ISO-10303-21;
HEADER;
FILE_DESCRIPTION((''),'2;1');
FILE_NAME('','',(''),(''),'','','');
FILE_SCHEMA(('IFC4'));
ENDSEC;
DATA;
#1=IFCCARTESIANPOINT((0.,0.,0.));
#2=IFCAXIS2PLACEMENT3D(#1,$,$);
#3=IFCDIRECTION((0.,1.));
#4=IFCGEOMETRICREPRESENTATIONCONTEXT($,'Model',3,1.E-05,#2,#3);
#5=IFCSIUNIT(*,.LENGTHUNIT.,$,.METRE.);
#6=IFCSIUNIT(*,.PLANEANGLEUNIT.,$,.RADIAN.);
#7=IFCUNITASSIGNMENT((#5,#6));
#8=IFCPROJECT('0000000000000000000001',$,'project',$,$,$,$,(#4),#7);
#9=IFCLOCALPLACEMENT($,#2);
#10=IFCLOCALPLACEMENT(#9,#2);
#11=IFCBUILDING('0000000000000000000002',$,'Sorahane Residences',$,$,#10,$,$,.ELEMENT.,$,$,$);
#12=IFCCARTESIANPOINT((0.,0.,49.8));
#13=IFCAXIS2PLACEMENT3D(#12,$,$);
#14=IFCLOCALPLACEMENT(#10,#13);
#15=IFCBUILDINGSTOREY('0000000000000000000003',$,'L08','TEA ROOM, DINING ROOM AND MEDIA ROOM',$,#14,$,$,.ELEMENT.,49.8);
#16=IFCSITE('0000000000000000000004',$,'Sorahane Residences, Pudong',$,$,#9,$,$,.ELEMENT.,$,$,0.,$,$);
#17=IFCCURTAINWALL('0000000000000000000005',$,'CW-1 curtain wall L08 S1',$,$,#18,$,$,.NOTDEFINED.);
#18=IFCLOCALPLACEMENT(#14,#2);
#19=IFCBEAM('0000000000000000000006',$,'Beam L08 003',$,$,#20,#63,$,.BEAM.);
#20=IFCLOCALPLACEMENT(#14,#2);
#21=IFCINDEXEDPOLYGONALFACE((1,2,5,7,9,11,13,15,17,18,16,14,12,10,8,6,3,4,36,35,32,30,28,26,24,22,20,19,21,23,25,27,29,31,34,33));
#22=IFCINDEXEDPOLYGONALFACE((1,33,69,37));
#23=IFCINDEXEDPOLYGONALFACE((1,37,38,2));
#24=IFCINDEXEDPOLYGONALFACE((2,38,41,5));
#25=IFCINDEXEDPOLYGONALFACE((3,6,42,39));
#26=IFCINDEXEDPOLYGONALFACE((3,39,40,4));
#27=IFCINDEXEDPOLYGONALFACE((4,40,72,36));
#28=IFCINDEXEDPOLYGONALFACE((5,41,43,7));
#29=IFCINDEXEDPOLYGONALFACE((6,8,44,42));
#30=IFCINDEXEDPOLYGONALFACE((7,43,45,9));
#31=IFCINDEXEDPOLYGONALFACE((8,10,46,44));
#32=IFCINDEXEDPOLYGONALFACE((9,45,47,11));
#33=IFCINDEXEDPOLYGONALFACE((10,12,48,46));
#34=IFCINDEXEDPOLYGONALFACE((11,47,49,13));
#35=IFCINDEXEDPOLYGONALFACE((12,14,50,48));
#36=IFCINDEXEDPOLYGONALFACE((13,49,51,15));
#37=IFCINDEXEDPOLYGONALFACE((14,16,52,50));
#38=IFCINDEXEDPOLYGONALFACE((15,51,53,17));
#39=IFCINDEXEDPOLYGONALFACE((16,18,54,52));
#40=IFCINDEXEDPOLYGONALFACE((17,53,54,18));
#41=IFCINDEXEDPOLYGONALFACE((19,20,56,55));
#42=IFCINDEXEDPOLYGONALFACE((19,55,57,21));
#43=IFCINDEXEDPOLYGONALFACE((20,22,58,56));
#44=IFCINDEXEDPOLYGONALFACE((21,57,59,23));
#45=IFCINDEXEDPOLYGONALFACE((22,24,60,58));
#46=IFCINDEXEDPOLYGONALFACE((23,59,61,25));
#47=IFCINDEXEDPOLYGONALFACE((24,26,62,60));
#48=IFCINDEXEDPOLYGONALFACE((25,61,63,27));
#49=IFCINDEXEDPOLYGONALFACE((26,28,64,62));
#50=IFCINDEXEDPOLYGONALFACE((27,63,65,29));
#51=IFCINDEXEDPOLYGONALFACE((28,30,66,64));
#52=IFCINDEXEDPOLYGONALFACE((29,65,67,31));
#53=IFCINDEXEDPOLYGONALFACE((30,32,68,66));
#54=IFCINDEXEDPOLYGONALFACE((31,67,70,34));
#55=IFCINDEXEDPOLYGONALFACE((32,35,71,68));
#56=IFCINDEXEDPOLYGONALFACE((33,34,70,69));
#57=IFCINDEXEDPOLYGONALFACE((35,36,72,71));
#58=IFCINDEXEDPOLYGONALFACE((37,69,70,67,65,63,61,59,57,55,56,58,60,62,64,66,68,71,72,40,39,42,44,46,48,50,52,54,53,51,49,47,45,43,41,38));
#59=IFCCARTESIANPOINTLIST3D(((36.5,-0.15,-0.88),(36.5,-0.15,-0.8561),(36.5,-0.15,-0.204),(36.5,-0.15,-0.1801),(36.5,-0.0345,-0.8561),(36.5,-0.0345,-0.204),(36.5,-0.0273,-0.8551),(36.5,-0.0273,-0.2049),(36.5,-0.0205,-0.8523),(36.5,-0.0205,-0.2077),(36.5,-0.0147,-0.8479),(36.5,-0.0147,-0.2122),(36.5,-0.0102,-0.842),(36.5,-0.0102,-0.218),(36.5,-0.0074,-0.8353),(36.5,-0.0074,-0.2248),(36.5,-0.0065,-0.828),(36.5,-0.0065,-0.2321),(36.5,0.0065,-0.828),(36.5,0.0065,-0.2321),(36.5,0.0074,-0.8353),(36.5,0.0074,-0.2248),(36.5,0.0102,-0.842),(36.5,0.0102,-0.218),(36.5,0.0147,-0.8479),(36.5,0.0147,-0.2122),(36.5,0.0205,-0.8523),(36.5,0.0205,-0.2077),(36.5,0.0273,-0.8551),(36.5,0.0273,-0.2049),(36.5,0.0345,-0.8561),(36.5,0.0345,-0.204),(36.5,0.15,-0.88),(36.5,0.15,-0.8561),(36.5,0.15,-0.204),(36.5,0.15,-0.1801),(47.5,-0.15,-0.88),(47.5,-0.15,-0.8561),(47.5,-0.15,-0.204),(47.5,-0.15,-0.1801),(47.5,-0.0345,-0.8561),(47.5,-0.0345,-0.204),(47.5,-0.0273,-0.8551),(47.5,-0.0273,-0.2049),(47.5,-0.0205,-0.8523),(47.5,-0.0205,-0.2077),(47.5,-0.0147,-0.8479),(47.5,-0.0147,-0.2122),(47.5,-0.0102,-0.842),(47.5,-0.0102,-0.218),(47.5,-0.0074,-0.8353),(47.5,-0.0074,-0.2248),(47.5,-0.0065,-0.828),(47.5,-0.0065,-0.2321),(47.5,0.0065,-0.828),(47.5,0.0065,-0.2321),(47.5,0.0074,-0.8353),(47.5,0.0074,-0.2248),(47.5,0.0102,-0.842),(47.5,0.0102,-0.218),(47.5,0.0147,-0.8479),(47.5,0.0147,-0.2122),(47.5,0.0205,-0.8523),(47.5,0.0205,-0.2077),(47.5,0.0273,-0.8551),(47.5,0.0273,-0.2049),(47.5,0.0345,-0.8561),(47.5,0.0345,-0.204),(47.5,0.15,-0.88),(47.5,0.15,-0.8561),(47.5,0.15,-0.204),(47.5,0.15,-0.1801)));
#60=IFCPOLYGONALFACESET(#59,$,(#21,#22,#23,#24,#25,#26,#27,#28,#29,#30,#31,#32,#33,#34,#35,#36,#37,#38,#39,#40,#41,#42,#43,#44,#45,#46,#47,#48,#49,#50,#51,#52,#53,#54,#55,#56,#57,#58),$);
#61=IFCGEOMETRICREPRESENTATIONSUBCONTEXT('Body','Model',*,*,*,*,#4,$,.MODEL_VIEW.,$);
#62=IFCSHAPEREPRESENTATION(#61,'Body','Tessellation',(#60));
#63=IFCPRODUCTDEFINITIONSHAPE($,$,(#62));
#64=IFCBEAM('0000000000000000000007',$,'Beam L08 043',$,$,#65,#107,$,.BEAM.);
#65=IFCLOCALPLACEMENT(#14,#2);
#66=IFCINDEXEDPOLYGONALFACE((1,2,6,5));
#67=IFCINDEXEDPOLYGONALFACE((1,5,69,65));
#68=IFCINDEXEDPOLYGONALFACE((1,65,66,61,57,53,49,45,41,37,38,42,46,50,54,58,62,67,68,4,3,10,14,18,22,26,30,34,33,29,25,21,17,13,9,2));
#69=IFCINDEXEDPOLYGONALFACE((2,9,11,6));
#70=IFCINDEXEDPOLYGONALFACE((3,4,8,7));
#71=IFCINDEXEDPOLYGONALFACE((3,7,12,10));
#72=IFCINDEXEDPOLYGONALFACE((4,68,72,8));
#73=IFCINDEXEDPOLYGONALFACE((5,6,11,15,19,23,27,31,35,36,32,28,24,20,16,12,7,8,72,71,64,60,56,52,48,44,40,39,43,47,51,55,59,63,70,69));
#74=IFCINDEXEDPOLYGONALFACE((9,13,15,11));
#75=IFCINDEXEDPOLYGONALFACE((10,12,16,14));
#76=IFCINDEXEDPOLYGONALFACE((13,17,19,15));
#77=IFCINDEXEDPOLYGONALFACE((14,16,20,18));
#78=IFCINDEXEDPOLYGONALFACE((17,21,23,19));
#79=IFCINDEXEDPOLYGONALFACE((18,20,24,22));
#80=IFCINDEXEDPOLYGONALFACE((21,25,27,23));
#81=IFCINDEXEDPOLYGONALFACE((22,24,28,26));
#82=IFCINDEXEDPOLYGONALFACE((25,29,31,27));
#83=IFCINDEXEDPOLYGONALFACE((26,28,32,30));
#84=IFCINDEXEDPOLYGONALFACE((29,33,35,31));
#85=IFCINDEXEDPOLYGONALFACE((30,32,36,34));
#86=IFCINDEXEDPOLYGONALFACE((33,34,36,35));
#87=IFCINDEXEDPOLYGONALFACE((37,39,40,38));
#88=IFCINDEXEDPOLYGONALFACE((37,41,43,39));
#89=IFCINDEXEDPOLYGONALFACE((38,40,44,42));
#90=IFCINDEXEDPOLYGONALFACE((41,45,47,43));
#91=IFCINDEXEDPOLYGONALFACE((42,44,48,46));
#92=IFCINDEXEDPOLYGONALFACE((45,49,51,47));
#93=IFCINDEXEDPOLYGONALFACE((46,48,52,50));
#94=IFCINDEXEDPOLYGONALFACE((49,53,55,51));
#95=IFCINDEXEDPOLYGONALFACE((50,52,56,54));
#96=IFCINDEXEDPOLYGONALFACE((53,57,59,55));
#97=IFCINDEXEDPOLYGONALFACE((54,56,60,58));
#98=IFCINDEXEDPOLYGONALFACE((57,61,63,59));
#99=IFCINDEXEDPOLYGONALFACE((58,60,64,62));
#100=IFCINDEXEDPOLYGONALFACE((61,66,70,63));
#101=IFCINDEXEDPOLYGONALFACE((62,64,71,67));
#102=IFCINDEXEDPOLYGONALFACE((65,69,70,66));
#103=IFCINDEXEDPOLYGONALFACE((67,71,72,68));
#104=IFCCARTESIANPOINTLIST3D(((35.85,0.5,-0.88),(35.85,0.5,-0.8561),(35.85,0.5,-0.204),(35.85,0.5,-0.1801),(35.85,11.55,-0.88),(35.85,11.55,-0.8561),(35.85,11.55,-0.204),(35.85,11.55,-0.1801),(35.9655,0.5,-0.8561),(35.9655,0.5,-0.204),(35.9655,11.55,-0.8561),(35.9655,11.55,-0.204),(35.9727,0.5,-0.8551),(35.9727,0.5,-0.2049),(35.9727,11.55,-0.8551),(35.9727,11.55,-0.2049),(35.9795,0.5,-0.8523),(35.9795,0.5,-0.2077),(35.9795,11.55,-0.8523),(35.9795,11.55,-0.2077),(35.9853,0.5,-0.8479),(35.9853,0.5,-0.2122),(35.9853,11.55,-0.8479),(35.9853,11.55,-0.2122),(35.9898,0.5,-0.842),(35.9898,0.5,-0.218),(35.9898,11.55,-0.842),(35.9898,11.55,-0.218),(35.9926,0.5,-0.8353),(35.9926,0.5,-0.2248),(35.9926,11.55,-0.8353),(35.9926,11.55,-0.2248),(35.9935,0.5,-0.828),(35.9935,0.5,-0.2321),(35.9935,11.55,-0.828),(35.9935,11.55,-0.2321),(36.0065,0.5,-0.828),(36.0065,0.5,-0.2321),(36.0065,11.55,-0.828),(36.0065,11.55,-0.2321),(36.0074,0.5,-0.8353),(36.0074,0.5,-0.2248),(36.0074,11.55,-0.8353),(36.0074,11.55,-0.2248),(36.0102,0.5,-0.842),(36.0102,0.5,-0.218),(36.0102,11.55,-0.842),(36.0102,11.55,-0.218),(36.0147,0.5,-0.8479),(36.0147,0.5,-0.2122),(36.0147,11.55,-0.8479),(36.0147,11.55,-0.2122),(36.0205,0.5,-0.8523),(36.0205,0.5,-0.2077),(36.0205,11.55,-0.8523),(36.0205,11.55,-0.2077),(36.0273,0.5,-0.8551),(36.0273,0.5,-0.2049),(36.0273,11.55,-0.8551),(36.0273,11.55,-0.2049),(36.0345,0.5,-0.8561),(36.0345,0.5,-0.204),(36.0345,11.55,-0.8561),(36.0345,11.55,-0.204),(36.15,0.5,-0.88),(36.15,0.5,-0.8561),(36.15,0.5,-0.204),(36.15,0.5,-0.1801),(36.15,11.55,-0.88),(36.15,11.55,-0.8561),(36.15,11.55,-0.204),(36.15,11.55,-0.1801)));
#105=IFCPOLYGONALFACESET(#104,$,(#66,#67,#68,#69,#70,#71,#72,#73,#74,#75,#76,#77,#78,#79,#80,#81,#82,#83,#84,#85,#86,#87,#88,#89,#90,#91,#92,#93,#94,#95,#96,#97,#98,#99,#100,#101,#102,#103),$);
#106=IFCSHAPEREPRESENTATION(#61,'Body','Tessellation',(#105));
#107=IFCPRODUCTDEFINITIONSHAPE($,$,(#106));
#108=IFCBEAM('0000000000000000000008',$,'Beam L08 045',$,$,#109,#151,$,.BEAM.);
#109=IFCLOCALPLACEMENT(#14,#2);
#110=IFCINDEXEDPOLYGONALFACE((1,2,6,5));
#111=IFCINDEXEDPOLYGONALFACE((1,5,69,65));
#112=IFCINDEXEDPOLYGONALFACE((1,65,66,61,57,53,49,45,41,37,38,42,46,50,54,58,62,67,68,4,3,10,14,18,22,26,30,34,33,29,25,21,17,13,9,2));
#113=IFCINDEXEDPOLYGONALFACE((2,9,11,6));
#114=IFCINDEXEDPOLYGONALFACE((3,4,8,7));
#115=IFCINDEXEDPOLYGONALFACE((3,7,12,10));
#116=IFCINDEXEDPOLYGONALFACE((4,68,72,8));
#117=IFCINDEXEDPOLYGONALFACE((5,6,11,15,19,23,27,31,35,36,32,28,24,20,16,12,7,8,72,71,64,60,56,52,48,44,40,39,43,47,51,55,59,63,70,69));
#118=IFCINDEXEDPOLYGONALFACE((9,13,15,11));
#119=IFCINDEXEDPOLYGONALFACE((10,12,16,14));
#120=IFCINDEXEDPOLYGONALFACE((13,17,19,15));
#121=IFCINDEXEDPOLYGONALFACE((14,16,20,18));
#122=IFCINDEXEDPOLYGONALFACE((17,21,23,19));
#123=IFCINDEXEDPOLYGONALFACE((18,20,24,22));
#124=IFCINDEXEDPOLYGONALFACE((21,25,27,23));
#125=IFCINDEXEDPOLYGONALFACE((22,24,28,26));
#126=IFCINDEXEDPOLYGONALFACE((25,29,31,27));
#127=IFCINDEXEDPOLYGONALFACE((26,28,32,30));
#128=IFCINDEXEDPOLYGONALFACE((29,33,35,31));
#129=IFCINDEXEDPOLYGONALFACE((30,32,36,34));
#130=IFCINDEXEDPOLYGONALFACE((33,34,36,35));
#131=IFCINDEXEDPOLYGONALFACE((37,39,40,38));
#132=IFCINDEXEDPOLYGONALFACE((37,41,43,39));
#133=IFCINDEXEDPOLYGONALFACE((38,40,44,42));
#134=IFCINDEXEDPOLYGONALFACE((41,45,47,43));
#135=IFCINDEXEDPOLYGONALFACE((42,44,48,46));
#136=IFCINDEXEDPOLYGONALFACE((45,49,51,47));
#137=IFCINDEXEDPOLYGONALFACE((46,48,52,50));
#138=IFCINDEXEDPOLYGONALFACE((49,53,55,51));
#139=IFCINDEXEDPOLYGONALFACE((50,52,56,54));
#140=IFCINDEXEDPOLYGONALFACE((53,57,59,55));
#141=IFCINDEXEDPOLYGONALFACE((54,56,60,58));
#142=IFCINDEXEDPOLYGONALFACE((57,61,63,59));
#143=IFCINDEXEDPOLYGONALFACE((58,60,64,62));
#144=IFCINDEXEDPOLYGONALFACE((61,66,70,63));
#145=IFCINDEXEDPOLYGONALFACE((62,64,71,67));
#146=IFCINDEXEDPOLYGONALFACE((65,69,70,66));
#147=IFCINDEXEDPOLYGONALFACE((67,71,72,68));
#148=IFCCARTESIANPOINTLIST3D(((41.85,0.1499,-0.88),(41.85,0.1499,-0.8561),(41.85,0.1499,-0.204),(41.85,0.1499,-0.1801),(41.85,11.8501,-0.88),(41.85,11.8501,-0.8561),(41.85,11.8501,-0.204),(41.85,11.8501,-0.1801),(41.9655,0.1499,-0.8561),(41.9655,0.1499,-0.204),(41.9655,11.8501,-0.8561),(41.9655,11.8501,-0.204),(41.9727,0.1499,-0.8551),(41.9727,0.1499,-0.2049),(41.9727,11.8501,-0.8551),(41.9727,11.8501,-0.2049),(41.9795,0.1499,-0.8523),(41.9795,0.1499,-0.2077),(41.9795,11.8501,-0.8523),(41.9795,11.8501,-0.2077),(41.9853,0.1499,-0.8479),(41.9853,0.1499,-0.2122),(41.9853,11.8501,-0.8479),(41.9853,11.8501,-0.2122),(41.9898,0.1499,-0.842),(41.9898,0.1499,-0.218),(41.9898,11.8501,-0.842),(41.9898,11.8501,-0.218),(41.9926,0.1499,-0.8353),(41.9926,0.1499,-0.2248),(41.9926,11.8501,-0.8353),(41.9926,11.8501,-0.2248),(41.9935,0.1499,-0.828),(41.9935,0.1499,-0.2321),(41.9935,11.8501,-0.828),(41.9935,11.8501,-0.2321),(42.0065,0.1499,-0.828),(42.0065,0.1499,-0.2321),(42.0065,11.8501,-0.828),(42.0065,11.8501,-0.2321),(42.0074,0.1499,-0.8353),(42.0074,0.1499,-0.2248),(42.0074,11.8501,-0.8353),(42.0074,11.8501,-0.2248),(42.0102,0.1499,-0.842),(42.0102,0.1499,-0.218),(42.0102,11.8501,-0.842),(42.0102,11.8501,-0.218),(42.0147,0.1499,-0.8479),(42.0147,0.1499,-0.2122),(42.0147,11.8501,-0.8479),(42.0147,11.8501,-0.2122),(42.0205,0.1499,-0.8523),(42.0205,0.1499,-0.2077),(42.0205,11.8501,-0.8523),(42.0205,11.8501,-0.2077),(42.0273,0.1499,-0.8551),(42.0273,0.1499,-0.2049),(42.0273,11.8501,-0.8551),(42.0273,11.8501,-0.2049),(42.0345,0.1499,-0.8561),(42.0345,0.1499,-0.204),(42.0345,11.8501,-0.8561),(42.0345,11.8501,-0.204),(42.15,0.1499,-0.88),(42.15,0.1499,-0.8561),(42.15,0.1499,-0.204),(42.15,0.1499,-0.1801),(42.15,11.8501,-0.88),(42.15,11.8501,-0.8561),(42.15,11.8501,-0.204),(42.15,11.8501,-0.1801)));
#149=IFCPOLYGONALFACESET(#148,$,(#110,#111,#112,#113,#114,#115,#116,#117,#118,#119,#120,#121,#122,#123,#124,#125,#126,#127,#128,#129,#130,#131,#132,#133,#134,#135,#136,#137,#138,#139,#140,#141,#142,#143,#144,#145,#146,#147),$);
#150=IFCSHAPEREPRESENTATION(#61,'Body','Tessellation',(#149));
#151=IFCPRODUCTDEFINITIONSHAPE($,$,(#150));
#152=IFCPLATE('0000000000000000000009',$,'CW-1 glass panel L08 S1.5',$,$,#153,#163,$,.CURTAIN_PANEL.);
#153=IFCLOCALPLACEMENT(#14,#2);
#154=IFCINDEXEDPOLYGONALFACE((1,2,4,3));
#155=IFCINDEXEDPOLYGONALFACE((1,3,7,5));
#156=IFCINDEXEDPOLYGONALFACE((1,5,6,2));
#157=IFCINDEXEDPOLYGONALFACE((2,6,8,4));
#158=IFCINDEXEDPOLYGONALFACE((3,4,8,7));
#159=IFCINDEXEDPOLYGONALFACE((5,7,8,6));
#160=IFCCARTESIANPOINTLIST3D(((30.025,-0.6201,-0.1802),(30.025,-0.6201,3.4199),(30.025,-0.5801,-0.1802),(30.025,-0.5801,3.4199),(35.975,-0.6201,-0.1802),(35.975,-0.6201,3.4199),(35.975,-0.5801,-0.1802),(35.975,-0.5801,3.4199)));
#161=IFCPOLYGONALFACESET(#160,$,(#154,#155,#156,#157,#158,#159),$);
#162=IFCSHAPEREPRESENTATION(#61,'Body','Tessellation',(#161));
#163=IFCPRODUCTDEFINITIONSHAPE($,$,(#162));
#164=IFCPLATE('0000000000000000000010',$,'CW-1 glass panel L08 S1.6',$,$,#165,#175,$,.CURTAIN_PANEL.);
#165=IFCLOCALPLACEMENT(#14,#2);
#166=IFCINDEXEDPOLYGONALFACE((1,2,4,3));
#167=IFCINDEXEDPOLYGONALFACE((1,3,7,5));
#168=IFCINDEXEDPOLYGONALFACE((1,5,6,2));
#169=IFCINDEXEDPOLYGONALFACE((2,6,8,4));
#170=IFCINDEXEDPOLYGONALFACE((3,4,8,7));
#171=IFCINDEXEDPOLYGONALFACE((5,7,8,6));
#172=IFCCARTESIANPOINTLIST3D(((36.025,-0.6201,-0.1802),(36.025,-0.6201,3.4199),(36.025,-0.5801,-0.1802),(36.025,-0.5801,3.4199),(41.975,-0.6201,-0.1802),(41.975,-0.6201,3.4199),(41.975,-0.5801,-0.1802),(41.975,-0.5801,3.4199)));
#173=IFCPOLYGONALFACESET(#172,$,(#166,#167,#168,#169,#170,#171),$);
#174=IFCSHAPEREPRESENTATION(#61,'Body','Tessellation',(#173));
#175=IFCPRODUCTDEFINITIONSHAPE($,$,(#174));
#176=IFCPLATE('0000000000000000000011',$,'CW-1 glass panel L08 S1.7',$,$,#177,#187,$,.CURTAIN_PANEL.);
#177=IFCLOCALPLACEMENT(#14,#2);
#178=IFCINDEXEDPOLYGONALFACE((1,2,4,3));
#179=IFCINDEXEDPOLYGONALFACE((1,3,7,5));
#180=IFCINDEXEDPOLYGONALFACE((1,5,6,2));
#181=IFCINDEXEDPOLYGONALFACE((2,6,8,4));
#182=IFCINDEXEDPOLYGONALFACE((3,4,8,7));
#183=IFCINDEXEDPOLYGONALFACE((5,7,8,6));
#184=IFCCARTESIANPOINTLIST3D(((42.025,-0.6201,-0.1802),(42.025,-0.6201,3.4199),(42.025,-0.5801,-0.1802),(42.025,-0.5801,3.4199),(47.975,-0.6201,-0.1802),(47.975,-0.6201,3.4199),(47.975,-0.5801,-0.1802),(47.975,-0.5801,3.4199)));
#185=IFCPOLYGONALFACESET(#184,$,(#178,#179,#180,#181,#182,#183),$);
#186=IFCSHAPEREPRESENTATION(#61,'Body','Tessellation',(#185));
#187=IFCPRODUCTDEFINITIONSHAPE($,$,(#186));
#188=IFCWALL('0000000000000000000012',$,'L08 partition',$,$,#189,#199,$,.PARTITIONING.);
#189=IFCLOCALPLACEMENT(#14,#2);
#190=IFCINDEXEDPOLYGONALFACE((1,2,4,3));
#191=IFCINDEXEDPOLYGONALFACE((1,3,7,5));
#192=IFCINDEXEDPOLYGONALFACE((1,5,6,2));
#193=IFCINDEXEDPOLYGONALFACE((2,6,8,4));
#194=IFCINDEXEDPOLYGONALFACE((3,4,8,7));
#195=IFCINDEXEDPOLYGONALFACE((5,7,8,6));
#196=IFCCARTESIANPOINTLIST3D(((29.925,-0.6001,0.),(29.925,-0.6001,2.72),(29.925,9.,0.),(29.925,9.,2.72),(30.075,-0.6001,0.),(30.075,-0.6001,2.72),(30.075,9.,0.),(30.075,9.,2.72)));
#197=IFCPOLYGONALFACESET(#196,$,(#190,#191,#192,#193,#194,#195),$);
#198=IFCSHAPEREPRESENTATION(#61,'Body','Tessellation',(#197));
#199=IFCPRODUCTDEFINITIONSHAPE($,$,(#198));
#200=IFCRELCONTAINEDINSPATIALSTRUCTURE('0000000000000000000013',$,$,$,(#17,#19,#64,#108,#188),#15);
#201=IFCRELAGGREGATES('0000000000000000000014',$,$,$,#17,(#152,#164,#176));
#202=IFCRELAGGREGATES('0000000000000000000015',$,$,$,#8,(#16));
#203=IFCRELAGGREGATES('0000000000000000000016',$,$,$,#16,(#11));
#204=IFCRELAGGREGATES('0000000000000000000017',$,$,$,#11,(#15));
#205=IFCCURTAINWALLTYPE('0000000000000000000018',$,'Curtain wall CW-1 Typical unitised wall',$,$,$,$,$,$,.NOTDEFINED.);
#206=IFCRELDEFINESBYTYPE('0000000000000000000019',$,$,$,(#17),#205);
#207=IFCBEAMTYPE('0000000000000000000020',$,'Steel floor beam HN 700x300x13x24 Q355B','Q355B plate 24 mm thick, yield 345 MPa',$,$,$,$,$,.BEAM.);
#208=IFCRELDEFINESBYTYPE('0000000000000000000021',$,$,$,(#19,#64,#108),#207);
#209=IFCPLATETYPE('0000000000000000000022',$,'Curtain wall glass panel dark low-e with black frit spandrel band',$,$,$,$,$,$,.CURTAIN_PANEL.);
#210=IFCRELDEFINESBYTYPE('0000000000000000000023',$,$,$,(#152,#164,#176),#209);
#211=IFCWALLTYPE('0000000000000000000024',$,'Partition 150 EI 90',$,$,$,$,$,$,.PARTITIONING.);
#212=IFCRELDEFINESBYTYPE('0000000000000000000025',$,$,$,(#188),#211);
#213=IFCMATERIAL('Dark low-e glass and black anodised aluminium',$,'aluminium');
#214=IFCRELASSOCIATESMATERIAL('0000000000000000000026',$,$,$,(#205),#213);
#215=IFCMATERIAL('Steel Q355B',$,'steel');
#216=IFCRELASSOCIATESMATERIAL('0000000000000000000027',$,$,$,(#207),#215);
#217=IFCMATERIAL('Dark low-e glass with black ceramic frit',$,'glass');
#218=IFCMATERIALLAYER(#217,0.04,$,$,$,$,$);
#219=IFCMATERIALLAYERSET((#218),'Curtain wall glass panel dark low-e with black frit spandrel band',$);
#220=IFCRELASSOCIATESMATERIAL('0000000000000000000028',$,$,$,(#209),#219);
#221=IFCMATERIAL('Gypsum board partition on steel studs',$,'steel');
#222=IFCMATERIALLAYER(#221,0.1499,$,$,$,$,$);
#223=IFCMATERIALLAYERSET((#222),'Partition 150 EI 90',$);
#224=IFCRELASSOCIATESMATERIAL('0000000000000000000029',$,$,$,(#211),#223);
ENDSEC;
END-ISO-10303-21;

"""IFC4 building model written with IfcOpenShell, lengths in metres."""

from ifc_helpers import new_model, si_unit, direction, frame, frame_2d, origin, origin_2d, place, context, subcontext, project, spatial, rectangle, i_section, extrude, material, layer, layer_set, material_profile, profile_set, type_object, element, aggregate, save


model = new_model("IFC4")

# Units and contexts
model_context = context("Model", 3, precision=1e-05, world=origin(), true_north=direction((0.0, 1.0)))
body_context = subcontext(model_context, "Body", "Model", "MODEL_VIEW")
ifc_project = project(units=[si_unit("LENGTHUNIT", "METRE"), si_unit("PLANEANGLEUNIT", "RADIAN")], contexts=[model_context])

# Site, building, storey
site_placement = place(None, origin())
site = spatial("IfcSite", under=ifc_project, at=site_placement, Name="Sorahane Residences, Pudong", CompositionType="ELEMENT", RefElevation=0.0)
building_placement = place(site_placement, origin())
building = spatial("IfcBuilding", under=site, at=building_placement, Name="Sorahane Residences", CompositionType="ELEMENT")
storey_placement = place(building_placement, frame((0.0, 0.0, 49.8)))
storey = spatial("IfcBuildingStorey", under=building, at=storey_placement, Name="L08", Description="TEA ROOM, DINING ROOM AND MEDIA ROOM", CompositionType="ELEMENT", Elevation=49.8)

# Curtain wall
ifc_material_1 = material(Name="Dark low-e glass and black anodised aluminium", Category="aluminium")
curtain_wall_type = type_object("IfcCurtainWallType", Name="Curtain wall CW-1 Typical unitised wall", PredefinedType="NOTDEFINED", material=ifc_material_1)
curtain_wall_placement = place(storey_placement, origin())
curtain_wall = element("IfcCurtainWall", 1, at=curtain_wall_placement, inside=storey, type_object=curtain_wall_type, Name="CW-1 curtain wall L08 S1", PredefinedType="NOTDEFINED")

# Beams
ifc_material_2 = material(Name="Steel Q355B", Category="steel")
ifc_material_profile_1 = material_profile(ifc_material_2, i_section(OverallWidth=0.3, OverallDepth=0.7, WebThickness=0.0129, FlangeThickness=0.0239, FilletRadius=0.0281, at=origin_2d()), Name="HN 700x300x13x24")
ifc_profile_set_1 = profile_set([ifc_material_profile_1], Name="Steel Q355B")
beam_type_1 = type_object("IfcBeamType", Name="Steel floor beam HN 700x300x13x24 Q355B", Description="Q355B plate 24 mm thick, yield 345 MPa", PredefinedType="BEAM", material=ifc_profile_set_1)
beam_1_placement = place(storey_placement, frame((36.5, 0.0, -0.53), z_axis=(1.0, 0.0, 0.0), x_axis=(0.0, 1.0, 0.0)))
element("IfcBeam", 2, at=beam_1_placement, inside=storey, type_object=beam_type_1, Name="Beam L08 003", PredefinedType="BEAM", context=body_context, shape_type="SweptSolid", body=[
    extrude(i_section(OverallWidth=0.3, OverallDepth=0.7, WebThickness=0.0129, FlangeThickness=0.0239, FilletRadius=0.0281, at=origin_2d()), origin(), (0.0, 0.0, 1.0), 11.0),
])
beam_2_placement = place(storey_placement, frame((36.0, 0.5, -0.53), z_axis=(0.0, 1.0, 0.0), x_axis=(-1.0, 0.0, 0.0)))
element("IfcBeam", 3, at=beam_2_placement, inside=storey, type_object=beam_type_1, Name="Beam L08 043", PredefinedType="BEAM", context=body_context, shape_type="SweptSolid", body=[
    extrude(i_section(OverallWidth=0.3, OverallDepth=0.7, WebThickness=0.0129, FlangeThickness=0.0239, FilletRadius=0.0281, at=origin_2d()), origin(), (0.0, 0.0, 1.0), 11.05),
])
beam_3_placement = place(storey_placement, frame((42.0, 0.1499, -0.53), z_axis=(0.0, 1.0, 0.0), x_axis=(-1.0, 0.0, 0.0)))
element("IfcBeam", 4, at=beam_3_placement, inside=storey, type_object=beam_type_1, Name="Beam L08 045", PredefinedType="BEAM", context=body_context, shape_type="SweptSolid", body=[
    extrude(i_section(OverallWidth=0.3, OverallDepth=0.7, WebThickness=0.0129, FlangeThickness=0.0239, FilletRadius=0.0281, at=origin_2d()), origin(), (0.0, 0.0, 1.0), 11.7002),
])

# Plates
ifc_material_3 = material(Name="Dark low-e glass with black ceramic frit", Category="glass")
ifc_layer_1 = layer(ifc_material_3, 0.04)
ifc_layer_set_1 = layer_set([ifc_layer_1], Name="Curtain wall glass panel dark low-e with black frit spandrel band")
plate_type = type_object("IfcPlateType", Name="Curtain wall glass panel dark low-e with black frit spandrel band", PredefinedType="CURTAIN_PANEL", material=ifc_layer_set_1)
plate_1_placement = place(storey_placement, frame((33.0, -0.6001, -0.1802), z_axis=(0.0, 0.0, 1.0), x_axis=(1.0, 0.0, 0.0)))
plate_1 = element("IfcPlate", 5, at=plate_1_placement, type_object=plate_type, Name="CW-1 glass panel L08 S1.5", PredefinedType="CURTAIN_PANEL", context=body_context, shape_type="SweptSolid", body=[
    extrude(rectangle(XDim=5.95, YDim=0.04, at=origin_2d()), origin(), (0.0, 0.0, 1.0), 3.6001),
])
plate_2_placement = place(storey_placement, frame((39.0, -0.6001, -0.1802), z_axis=(0.0, 0.0, 1.0), x_axis=(1.0, 0.0, 0.0)))
plate_2 = element("IfcPlate", 6, at=plate_2_placement, type_object=plate_type, Name="CW-1 glass panel L08 S1.6", PredefinedType="CURTAIN_PANEL", context=body_context, shape_type="SweptSolid", body=[
    extrude(rectangle(XDim=5.95, YDim=0.04, at=origin_2d()), origin(), (0.0, 0.0, 1.0), 3.6001),
])
plate_3_placement = place(storey_placement, frame((45.0, -0.6001, -0.1802), z_axis=(0.0, 0.0, 1.0), x_axis=(1.0, 0.0, 0.0)))
plate_3 = element("IfcPlate", 7, at=plate_3_placement, type_object=plate_type, Name="CW-1 glass panel L08 S1.7", PredefinedType="CURTAIN_PANEL", context=body_context, shape_type="SweptSolid", body=[
    extrude(rectangle(XDim=5.95, YDim=0.04, at=origin_2d()), origin(), (0.0, 0.0, 1.0), 3.6001),
])
aggregate(curtain_wall, [plate_1, plate_2, plate_3])

# Wall
ifc_material_4 = material(Name="Gypsum board partition on steel studs", Category="steel")
ifc_layer_2 = layer(ifc_material_4, 0.1499)
ifc_layer_set_2 = layer_set([ifc_layer_2], Name="Partition 150 EI 90")
wall_type_1 = type_object("IfcWallType", Name="Partition 150 EI 90", PredefinedType="PARTITIONING", material=ifc_layer_set_2)
wall_1_placement = place(storey_placement, frame((30.0, -0.6001, 0.0), z_axis=(0.0, 0.0, 1.0), x_axis=(0.0, 1.0, 0.0)))
element("IfcWall", 8, at=wall_1_placement, inside=storey, type_object=wall_type_1, Name="L08 partition", PredefinedType="PARTITIONING", context=body_context, shape_type="SweptSolid", body=[
    extrude(rectangle(XDim=9.6001, YDim=0.1499, at=frame_2d((4.8, 0.0))), origin(), (0.0, 0.0, 1.0), 2.72),
])

save(model, "model.ifc")
